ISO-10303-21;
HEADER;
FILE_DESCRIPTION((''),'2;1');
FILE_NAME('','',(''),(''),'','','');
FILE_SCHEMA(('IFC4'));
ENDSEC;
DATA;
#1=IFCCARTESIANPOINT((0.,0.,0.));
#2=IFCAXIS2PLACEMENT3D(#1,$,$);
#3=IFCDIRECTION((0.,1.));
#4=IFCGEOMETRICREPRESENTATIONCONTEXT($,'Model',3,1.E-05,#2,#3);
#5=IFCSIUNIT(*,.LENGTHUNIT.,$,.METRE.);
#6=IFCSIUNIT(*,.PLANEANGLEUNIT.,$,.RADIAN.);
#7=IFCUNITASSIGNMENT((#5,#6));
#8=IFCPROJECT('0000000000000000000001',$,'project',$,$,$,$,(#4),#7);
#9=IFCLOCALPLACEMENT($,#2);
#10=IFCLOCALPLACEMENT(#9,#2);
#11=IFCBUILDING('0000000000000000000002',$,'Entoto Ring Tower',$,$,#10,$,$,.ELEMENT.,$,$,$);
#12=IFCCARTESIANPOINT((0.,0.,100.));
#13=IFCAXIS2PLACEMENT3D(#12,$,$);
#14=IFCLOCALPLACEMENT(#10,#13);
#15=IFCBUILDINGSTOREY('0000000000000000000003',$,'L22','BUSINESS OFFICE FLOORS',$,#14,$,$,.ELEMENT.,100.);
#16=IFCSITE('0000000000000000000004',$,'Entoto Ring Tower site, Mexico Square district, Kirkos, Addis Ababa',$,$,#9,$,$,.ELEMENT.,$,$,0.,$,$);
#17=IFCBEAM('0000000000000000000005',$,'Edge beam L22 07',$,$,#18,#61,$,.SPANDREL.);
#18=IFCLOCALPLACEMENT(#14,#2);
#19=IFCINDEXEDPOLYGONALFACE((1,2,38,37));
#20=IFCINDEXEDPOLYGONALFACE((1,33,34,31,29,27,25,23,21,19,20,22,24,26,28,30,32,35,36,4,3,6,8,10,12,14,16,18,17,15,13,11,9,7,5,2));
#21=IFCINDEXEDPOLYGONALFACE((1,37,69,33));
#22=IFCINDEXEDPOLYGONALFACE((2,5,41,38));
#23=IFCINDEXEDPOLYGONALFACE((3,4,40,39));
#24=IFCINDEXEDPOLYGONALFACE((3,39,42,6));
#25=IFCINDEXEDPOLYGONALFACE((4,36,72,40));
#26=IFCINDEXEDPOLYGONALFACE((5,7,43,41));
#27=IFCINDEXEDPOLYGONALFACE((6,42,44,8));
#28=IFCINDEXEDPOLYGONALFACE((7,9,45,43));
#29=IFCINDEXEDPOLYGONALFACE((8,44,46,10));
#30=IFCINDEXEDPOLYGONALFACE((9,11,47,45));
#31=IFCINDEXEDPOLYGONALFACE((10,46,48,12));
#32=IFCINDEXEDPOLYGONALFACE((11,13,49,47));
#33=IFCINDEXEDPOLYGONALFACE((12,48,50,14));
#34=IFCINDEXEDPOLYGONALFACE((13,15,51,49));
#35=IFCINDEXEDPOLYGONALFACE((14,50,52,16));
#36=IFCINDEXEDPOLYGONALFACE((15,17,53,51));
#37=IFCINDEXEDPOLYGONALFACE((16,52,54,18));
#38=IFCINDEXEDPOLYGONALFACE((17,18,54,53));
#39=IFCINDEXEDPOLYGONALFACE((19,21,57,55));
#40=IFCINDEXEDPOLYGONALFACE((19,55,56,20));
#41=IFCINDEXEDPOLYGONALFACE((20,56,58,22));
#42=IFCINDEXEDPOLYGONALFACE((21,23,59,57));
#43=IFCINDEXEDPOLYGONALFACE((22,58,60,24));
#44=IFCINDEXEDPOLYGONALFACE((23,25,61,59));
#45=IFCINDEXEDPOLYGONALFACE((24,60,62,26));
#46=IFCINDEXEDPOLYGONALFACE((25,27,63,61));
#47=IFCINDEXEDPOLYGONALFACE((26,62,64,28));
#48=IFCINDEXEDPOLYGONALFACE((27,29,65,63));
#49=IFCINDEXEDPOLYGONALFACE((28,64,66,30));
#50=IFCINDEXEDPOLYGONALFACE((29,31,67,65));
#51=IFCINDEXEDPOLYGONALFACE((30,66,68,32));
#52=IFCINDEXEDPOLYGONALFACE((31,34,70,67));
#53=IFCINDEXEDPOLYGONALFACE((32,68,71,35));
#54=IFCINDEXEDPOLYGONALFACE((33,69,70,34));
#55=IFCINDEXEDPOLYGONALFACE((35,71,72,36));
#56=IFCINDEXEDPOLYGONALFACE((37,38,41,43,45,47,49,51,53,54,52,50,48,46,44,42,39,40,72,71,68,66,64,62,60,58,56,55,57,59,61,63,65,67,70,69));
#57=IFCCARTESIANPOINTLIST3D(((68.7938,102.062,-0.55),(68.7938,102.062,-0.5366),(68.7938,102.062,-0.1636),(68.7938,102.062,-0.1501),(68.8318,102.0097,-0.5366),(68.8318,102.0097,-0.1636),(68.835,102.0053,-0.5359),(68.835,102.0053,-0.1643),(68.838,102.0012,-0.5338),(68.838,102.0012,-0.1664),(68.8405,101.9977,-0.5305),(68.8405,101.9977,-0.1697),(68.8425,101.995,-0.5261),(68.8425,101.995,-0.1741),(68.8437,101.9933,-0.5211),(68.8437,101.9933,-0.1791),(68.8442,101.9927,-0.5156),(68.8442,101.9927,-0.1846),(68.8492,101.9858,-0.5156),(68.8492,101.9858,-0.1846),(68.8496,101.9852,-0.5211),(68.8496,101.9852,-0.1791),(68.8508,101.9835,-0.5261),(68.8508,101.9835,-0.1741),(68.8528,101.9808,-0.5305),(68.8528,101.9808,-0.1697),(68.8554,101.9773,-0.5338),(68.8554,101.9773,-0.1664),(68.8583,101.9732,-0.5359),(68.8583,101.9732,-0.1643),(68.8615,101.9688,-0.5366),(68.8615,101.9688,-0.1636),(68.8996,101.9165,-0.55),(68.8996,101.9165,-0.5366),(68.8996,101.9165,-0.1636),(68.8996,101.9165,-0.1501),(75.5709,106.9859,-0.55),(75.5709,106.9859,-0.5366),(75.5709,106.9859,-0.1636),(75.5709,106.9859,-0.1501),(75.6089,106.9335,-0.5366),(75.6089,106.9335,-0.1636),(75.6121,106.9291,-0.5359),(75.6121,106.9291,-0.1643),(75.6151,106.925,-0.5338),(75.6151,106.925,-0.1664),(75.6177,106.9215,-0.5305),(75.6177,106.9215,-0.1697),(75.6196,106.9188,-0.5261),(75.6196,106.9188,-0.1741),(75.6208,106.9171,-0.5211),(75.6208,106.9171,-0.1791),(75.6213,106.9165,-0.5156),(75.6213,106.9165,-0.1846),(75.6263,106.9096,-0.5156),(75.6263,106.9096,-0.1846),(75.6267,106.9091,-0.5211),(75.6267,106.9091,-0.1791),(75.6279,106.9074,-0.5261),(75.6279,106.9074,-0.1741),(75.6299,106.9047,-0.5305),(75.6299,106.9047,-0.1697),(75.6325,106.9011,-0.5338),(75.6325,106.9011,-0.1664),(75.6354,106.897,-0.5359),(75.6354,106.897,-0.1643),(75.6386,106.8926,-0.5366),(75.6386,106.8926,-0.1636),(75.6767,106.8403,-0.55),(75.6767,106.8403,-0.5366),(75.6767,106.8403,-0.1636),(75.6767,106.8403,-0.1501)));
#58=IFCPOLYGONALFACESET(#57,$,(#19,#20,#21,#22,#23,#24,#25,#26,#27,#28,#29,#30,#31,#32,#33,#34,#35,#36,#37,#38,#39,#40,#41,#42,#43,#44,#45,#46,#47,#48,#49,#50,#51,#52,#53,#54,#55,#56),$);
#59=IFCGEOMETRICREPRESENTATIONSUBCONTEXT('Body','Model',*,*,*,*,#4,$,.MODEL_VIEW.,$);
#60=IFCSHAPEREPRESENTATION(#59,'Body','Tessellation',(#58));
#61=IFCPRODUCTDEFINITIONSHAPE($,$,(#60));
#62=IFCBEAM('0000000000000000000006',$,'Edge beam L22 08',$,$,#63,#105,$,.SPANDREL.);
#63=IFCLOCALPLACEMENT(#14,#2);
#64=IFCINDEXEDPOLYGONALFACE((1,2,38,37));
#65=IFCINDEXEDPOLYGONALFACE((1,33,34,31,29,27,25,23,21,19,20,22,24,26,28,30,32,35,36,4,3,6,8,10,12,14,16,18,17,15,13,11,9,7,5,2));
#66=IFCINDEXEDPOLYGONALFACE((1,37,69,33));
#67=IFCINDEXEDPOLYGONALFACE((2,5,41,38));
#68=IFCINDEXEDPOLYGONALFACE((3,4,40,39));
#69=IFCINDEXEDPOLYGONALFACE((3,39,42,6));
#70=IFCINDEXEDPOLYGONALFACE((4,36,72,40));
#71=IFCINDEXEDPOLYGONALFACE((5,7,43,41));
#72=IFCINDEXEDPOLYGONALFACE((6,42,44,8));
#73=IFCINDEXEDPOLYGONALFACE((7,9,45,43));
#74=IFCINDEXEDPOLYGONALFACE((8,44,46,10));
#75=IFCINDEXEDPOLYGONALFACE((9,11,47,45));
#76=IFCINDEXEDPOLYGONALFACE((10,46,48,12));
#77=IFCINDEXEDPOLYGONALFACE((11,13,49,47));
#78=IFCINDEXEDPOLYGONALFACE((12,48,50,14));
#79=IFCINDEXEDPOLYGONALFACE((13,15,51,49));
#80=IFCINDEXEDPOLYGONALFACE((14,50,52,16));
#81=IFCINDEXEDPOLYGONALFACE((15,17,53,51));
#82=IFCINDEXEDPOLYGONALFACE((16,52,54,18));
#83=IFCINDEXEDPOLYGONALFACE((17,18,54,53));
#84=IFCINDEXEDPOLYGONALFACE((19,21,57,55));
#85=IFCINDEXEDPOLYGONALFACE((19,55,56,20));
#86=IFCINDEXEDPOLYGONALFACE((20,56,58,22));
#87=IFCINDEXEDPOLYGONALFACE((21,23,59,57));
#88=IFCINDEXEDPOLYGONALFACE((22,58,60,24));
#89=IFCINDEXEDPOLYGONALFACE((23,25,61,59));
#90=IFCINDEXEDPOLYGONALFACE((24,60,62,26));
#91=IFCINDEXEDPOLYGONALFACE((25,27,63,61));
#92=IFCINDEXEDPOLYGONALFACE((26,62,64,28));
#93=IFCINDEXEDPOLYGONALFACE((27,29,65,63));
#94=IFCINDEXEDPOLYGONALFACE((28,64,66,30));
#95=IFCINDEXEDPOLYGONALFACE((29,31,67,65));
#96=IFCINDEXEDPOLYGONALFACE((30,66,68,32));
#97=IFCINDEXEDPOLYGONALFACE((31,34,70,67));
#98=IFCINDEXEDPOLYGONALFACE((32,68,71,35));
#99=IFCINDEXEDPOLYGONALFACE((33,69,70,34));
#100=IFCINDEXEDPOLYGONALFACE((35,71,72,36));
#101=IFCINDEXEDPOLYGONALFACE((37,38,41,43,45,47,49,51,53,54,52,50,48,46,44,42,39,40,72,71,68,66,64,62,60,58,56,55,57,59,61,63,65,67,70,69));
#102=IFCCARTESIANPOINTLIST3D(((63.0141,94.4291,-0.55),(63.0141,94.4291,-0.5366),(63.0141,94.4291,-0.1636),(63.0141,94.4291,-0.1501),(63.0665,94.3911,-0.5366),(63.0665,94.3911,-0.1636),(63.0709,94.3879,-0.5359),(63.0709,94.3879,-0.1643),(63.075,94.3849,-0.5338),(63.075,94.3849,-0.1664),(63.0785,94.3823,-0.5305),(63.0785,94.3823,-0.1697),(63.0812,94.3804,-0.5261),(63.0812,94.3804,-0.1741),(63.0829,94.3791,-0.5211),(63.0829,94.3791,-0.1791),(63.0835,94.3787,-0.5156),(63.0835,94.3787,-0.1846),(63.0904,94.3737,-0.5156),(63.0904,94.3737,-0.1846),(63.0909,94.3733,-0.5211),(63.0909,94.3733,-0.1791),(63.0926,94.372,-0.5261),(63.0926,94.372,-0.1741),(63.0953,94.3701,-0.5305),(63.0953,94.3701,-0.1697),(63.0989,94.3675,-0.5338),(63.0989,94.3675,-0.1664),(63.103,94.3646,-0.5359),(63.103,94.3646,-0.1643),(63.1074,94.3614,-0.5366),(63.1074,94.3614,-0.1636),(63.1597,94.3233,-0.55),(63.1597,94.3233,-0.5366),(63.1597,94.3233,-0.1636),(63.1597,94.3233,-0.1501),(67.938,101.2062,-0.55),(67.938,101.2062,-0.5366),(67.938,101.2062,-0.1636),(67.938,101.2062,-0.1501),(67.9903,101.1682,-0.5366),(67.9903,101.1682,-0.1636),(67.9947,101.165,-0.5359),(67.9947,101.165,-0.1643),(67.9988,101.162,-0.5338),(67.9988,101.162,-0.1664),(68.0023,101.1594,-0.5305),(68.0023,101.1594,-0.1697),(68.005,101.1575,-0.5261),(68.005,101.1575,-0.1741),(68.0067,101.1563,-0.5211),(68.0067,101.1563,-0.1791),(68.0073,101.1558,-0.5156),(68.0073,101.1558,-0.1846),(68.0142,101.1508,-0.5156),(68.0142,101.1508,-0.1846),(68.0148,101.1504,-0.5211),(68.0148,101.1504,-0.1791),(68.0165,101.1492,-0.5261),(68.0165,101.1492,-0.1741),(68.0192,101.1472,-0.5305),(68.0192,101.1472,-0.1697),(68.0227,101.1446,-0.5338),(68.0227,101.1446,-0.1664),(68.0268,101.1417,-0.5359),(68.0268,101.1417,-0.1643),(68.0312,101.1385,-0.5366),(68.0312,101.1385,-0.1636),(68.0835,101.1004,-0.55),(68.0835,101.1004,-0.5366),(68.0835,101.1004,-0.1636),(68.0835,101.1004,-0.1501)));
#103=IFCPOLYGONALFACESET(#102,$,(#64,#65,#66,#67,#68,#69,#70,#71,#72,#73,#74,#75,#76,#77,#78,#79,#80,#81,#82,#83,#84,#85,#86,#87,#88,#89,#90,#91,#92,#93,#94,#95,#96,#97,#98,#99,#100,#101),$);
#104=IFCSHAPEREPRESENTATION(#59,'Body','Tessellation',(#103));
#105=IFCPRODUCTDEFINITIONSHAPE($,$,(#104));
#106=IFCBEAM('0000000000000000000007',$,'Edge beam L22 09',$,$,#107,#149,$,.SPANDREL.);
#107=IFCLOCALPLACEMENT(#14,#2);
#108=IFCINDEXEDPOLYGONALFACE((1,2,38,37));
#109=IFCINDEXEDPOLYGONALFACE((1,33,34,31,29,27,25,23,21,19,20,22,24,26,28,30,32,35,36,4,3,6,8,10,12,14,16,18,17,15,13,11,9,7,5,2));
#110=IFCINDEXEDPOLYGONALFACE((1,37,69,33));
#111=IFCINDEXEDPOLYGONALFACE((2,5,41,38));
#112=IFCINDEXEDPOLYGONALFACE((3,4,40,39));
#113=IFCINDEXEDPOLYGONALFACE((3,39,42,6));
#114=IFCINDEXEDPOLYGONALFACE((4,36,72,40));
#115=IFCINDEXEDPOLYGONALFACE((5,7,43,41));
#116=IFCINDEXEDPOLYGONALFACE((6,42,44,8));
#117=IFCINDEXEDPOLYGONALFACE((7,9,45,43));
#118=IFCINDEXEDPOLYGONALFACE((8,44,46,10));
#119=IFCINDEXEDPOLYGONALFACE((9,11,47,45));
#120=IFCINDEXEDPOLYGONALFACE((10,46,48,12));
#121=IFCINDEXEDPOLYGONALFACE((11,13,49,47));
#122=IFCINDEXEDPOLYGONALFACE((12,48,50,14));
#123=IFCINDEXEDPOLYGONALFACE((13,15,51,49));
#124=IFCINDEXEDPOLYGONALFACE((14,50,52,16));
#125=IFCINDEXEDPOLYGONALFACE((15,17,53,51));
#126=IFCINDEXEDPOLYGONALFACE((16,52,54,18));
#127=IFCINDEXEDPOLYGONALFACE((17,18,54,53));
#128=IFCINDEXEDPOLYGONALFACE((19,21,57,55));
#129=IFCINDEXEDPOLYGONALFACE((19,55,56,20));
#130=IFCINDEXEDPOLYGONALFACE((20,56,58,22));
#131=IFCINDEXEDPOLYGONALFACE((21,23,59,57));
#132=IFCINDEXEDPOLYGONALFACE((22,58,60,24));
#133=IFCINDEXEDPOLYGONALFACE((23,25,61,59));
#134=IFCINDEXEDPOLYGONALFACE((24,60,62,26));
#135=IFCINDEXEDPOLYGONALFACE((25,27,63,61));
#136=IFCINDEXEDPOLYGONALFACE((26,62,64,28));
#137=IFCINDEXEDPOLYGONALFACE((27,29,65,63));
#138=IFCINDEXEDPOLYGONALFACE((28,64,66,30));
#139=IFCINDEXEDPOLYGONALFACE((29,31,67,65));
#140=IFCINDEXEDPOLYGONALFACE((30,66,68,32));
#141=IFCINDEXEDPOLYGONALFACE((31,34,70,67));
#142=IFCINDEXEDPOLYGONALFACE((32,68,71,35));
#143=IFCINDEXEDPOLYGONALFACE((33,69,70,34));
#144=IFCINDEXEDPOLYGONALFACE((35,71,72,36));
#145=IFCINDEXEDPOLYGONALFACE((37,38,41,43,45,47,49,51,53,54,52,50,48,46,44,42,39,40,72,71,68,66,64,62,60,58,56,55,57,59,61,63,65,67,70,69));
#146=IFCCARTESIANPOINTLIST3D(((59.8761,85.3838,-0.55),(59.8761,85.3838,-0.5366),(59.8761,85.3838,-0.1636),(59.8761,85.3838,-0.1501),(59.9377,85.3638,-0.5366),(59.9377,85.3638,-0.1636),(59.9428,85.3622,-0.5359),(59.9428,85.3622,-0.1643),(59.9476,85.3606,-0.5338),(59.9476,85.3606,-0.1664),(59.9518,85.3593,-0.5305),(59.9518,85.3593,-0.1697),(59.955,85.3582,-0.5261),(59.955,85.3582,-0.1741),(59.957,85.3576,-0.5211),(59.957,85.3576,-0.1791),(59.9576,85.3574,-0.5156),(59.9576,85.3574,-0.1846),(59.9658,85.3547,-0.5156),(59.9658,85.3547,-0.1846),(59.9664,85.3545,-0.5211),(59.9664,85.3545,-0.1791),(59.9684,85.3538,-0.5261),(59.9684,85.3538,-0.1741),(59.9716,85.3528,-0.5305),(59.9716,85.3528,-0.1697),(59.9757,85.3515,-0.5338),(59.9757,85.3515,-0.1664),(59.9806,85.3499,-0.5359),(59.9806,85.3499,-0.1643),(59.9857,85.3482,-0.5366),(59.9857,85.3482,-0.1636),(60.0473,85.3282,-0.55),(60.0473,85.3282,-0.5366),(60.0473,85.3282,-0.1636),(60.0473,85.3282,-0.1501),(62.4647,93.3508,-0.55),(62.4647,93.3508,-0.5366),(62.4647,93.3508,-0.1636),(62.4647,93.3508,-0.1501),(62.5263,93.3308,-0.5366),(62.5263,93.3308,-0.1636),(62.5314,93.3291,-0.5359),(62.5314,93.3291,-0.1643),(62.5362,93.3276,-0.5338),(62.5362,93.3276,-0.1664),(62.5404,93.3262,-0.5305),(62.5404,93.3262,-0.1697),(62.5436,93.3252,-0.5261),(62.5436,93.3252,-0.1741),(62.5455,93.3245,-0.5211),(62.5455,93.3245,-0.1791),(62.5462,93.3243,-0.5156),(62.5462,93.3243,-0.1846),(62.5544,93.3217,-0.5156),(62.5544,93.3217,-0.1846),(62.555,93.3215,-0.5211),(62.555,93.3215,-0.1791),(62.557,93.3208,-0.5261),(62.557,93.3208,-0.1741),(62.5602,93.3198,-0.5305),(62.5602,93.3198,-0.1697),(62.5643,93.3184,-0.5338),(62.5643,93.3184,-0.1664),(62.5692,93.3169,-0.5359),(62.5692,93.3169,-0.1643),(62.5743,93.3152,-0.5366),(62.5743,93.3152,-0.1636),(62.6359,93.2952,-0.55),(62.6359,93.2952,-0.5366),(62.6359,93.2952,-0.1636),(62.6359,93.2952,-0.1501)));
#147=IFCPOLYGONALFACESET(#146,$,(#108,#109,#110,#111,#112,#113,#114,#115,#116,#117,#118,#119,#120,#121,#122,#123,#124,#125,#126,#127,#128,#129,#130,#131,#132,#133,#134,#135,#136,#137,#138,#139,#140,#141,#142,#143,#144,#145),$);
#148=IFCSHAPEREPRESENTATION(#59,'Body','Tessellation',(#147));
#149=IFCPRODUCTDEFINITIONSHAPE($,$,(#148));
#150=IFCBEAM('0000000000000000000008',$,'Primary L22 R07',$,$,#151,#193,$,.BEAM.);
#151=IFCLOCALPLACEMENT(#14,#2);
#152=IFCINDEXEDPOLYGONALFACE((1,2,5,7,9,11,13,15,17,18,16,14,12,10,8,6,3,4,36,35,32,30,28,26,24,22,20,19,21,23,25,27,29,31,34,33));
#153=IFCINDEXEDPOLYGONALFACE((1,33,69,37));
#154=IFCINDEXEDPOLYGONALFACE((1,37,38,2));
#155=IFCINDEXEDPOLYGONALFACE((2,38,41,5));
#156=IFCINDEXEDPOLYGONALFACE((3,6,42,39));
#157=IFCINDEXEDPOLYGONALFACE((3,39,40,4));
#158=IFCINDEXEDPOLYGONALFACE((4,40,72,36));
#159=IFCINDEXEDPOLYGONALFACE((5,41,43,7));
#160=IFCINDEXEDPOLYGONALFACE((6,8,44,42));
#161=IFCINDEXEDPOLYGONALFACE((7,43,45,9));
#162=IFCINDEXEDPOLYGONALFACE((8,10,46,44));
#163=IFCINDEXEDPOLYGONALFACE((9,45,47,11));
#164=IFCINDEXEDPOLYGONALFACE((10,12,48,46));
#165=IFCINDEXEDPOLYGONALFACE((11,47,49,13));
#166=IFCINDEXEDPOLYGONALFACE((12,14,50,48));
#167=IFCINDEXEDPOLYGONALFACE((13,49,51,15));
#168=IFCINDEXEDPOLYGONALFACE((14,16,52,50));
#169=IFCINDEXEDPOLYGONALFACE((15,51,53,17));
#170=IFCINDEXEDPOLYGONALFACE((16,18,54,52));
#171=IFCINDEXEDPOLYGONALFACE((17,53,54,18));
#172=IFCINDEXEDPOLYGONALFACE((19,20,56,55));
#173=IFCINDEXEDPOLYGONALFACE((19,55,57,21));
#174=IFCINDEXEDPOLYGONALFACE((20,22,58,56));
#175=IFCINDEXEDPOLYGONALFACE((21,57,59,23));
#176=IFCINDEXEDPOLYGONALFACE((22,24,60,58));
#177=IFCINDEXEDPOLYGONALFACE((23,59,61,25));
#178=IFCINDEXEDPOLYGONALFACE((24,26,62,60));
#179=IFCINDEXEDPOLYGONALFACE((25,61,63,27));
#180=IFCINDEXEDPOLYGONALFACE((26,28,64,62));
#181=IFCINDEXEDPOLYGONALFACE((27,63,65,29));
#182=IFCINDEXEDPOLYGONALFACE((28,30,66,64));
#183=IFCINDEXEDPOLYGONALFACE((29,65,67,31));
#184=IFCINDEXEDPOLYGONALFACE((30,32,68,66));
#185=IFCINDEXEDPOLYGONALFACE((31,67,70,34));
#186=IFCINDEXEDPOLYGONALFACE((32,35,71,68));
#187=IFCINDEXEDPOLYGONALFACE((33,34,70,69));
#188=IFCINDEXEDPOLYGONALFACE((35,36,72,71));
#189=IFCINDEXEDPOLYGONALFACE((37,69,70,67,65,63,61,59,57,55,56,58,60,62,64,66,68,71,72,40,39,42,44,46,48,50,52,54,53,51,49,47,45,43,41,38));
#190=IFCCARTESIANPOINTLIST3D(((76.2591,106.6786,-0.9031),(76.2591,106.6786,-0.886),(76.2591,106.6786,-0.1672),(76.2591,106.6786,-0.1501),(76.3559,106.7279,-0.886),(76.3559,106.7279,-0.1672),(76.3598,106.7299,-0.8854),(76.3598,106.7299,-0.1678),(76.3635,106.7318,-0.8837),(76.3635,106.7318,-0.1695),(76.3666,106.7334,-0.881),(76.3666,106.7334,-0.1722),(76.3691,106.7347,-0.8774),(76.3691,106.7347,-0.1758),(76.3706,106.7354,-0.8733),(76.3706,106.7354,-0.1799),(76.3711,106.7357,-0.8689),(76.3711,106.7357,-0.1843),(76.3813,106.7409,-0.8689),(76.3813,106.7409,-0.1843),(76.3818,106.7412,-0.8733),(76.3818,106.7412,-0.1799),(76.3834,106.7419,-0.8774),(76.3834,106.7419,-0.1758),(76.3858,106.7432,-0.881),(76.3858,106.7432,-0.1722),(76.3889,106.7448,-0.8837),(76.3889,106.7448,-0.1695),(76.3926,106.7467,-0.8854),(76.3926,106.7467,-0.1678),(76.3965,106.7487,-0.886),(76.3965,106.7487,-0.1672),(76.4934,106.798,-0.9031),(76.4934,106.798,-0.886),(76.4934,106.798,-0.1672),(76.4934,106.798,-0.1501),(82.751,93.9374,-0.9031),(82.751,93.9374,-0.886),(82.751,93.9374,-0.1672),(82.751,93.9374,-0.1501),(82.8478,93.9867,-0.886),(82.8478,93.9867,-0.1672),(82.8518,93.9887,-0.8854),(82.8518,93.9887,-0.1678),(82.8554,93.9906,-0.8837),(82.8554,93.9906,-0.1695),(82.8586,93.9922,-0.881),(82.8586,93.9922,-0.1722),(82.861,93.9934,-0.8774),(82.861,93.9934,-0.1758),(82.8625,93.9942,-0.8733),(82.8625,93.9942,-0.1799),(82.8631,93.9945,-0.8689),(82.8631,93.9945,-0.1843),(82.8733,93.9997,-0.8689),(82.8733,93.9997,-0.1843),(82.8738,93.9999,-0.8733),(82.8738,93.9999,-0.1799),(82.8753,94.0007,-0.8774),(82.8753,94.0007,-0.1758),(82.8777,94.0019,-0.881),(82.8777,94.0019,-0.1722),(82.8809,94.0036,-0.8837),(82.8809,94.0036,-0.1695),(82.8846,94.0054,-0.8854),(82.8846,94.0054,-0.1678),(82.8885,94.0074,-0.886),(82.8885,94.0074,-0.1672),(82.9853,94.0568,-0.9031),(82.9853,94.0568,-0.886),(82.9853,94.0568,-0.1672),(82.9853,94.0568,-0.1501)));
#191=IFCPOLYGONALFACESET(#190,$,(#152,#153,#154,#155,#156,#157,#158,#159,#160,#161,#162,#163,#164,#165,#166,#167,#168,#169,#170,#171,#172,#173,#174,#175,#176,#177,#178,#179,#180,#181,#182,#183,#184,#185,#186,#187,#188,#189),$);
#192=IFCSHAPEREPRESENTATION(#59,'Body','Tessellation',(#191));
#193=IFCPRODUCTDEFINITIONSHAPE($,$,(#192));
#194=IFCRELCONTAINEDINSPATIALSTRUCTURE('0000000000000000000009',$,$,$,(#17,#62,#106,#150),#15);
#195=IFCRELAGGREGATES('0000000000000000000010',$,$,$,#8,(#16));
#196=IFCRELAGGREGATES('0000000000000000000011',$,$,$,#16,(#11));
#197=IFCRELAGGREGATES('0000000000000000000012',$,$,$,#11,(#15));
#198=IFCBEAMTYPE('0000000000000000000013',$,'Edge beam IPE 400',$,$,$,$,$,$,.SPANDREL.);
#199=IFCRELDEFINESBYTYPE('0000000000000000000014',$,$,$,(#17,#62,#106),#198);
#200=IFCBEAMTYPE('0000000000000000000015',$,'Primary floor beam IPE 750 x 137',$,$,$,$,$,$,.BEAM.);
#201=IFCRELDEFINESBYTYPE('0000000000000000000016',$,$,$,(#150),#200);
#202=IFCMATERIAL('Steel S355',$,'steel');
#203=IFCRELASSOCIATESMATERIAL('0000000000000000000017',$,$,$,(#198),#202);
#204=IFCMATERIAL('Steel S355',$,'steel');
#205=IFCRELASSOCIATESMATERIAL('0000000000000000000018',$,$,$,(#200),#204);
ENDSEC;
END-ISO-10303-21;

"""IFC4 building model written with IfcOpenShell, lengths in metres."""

from ifc_helpers import new_model, si_unit, direction, frame, origin, origin_2d, place, context, subcontext, project, spatial, i_section, extrude, material, material_profile, profile_set, type_object, element, save


model = new_model("IFC4")

# Units and contexts
model_context = context("Model", 3, precision=1e-05, world=origin(), true_north=direction((0.0, 1.0)))
body_context = subcontext(model_context, "Body", "Model", "MODEL_VIEW")
ifc_project = project(units=[si_unit("LENGTHUNIT", "METRE"), si_unit("PLANEANGLEUNIT", "RADIAN")], contexts=[model_context])

# Site, building, storey
site_placement = place(None, origin())
site = spatial("IfcSite", under=ifc_project, at=site_placement, Name="Entoto Ring Tower site, Mexico Square district, Kirkos, Addis Ababa", CompositionType="ELEMENT", RefElevation=0.0)
building_placement = place(site_placement, origin())
building = spatial("IfcBuilding", under=site, at=building_placement, Name="Entoto Ring Tower", CompositionType="ELEMENT")
storey_placement = place(building_placement, frame((0.0, 0.0, 100.0)))
storey = spatial("IfcBuildingStorey", under=building, at=storey_placement, Name="L22", Description="BUSINESS OFFICE FLOORS", CompositionType="ELEMENT", Elevation=100.0)

# Beams
ifc_material_1 = material(Name="Steel S355", Category="steel")
ifc_material_profile_1 = material_profile(ifc_material_1, i_section(OverallWidth=0.1799, OverallDepth=0.3999, WebThickness=0.0085, FlangeThickness=0.0134, FilletRadius=0.021, at=origin_2d()), Name="IPE 400")
ifc_profile_set_1 = profile_set([ifc_material_profile_1], Name="Steel S355")
beam_type_1 = type_object("IfcBeamType", Name="Edge beam IPE 400", PredefinedType="SPANDREL", material=ifc_profile_set_1)
for number, where, z_axis, x_axis, name in (
    (1, (75.6238, 106.9131, -0.3501), (-0.809018, -0.587783, 0.0), (0.587783, -0.809018, 0.0), "Edge beam L22 07"),
    (2, (68.0107, 101.1533, -0.3501), (-0.587783, -0.809018, 0.0), (0.809018, -0.587783, 0.0), "Edge beam L22 08"),
    (3, (62.5503, 93.323, -0.3501), (-0.309014, -0.951057, 0.0), (0.951057, -0.309014, 0.0), "Edge beam L22 09"),
):
    element("IfcBeam", number, at=place(storey_placement, frame(where, z_axis=z_axis, x_axis=x_axis)), inside=storey, type_object=beam_type_1, Name=name, PredefinedType="SPANDREL", context=body_context, shape_type="SweptSolid", body=[
        extrude(i_section(OverallWidth=0.1799, OverallDepth=0.3999, WebThickness=0.0085, FlangeThickness=0.0134, FilletRadius=0.021, at=origin_2d()), origin(), (0.0, 0.0, 1.0), 8.377),
    ])
ifc_material_2 = material(Name="Steel S355", Category="steel")
ifc_material_profile_2 = material_profile(ifc_material_2, i_section(OverallWidth=0.2629, OverallDepth=0.7529, WebThickness=0.0115, FlangeThickness=0.0171, FilletRadius=0.0171, at=origin_2d()), Name="IPE 750 x 137")
ifc_profile_set_2 = profile_set([ifc_material_profile_2], Name="Steel S355")
beam_type_2 = type_object("IfcBeamType", Name="Primary floor beam IPE 750 x 137", PredefinedType="BEAM", material=ifc_profile_set_2)
beam_1_placement = place(storey_placement, frame((82.8682, 93.9971, -0.5266), z_axis=(-0.453989, 0.891007, 0.0), x_axis=(-0.891007, -0.453989, 0.0)))
element("IfcBeam", 4, at=beam_1_placement, inside=storey, type_object=beam_type_2, Name="Primary L22 R07", PredefinedType="BEAM", context=body_context, shape_type="SweptSolid", body=[
    extrude(i_section(OverallWidth=0.2629, OverallDepth=0.7529, WebThickness=0.0115, FlangeThickness=0.0171, FilletRadius=0.0171, at=origin_2d()), origin(), (0.0, 0.0, 1.0), 14.2998),
])

save(model, "model.ifc")
